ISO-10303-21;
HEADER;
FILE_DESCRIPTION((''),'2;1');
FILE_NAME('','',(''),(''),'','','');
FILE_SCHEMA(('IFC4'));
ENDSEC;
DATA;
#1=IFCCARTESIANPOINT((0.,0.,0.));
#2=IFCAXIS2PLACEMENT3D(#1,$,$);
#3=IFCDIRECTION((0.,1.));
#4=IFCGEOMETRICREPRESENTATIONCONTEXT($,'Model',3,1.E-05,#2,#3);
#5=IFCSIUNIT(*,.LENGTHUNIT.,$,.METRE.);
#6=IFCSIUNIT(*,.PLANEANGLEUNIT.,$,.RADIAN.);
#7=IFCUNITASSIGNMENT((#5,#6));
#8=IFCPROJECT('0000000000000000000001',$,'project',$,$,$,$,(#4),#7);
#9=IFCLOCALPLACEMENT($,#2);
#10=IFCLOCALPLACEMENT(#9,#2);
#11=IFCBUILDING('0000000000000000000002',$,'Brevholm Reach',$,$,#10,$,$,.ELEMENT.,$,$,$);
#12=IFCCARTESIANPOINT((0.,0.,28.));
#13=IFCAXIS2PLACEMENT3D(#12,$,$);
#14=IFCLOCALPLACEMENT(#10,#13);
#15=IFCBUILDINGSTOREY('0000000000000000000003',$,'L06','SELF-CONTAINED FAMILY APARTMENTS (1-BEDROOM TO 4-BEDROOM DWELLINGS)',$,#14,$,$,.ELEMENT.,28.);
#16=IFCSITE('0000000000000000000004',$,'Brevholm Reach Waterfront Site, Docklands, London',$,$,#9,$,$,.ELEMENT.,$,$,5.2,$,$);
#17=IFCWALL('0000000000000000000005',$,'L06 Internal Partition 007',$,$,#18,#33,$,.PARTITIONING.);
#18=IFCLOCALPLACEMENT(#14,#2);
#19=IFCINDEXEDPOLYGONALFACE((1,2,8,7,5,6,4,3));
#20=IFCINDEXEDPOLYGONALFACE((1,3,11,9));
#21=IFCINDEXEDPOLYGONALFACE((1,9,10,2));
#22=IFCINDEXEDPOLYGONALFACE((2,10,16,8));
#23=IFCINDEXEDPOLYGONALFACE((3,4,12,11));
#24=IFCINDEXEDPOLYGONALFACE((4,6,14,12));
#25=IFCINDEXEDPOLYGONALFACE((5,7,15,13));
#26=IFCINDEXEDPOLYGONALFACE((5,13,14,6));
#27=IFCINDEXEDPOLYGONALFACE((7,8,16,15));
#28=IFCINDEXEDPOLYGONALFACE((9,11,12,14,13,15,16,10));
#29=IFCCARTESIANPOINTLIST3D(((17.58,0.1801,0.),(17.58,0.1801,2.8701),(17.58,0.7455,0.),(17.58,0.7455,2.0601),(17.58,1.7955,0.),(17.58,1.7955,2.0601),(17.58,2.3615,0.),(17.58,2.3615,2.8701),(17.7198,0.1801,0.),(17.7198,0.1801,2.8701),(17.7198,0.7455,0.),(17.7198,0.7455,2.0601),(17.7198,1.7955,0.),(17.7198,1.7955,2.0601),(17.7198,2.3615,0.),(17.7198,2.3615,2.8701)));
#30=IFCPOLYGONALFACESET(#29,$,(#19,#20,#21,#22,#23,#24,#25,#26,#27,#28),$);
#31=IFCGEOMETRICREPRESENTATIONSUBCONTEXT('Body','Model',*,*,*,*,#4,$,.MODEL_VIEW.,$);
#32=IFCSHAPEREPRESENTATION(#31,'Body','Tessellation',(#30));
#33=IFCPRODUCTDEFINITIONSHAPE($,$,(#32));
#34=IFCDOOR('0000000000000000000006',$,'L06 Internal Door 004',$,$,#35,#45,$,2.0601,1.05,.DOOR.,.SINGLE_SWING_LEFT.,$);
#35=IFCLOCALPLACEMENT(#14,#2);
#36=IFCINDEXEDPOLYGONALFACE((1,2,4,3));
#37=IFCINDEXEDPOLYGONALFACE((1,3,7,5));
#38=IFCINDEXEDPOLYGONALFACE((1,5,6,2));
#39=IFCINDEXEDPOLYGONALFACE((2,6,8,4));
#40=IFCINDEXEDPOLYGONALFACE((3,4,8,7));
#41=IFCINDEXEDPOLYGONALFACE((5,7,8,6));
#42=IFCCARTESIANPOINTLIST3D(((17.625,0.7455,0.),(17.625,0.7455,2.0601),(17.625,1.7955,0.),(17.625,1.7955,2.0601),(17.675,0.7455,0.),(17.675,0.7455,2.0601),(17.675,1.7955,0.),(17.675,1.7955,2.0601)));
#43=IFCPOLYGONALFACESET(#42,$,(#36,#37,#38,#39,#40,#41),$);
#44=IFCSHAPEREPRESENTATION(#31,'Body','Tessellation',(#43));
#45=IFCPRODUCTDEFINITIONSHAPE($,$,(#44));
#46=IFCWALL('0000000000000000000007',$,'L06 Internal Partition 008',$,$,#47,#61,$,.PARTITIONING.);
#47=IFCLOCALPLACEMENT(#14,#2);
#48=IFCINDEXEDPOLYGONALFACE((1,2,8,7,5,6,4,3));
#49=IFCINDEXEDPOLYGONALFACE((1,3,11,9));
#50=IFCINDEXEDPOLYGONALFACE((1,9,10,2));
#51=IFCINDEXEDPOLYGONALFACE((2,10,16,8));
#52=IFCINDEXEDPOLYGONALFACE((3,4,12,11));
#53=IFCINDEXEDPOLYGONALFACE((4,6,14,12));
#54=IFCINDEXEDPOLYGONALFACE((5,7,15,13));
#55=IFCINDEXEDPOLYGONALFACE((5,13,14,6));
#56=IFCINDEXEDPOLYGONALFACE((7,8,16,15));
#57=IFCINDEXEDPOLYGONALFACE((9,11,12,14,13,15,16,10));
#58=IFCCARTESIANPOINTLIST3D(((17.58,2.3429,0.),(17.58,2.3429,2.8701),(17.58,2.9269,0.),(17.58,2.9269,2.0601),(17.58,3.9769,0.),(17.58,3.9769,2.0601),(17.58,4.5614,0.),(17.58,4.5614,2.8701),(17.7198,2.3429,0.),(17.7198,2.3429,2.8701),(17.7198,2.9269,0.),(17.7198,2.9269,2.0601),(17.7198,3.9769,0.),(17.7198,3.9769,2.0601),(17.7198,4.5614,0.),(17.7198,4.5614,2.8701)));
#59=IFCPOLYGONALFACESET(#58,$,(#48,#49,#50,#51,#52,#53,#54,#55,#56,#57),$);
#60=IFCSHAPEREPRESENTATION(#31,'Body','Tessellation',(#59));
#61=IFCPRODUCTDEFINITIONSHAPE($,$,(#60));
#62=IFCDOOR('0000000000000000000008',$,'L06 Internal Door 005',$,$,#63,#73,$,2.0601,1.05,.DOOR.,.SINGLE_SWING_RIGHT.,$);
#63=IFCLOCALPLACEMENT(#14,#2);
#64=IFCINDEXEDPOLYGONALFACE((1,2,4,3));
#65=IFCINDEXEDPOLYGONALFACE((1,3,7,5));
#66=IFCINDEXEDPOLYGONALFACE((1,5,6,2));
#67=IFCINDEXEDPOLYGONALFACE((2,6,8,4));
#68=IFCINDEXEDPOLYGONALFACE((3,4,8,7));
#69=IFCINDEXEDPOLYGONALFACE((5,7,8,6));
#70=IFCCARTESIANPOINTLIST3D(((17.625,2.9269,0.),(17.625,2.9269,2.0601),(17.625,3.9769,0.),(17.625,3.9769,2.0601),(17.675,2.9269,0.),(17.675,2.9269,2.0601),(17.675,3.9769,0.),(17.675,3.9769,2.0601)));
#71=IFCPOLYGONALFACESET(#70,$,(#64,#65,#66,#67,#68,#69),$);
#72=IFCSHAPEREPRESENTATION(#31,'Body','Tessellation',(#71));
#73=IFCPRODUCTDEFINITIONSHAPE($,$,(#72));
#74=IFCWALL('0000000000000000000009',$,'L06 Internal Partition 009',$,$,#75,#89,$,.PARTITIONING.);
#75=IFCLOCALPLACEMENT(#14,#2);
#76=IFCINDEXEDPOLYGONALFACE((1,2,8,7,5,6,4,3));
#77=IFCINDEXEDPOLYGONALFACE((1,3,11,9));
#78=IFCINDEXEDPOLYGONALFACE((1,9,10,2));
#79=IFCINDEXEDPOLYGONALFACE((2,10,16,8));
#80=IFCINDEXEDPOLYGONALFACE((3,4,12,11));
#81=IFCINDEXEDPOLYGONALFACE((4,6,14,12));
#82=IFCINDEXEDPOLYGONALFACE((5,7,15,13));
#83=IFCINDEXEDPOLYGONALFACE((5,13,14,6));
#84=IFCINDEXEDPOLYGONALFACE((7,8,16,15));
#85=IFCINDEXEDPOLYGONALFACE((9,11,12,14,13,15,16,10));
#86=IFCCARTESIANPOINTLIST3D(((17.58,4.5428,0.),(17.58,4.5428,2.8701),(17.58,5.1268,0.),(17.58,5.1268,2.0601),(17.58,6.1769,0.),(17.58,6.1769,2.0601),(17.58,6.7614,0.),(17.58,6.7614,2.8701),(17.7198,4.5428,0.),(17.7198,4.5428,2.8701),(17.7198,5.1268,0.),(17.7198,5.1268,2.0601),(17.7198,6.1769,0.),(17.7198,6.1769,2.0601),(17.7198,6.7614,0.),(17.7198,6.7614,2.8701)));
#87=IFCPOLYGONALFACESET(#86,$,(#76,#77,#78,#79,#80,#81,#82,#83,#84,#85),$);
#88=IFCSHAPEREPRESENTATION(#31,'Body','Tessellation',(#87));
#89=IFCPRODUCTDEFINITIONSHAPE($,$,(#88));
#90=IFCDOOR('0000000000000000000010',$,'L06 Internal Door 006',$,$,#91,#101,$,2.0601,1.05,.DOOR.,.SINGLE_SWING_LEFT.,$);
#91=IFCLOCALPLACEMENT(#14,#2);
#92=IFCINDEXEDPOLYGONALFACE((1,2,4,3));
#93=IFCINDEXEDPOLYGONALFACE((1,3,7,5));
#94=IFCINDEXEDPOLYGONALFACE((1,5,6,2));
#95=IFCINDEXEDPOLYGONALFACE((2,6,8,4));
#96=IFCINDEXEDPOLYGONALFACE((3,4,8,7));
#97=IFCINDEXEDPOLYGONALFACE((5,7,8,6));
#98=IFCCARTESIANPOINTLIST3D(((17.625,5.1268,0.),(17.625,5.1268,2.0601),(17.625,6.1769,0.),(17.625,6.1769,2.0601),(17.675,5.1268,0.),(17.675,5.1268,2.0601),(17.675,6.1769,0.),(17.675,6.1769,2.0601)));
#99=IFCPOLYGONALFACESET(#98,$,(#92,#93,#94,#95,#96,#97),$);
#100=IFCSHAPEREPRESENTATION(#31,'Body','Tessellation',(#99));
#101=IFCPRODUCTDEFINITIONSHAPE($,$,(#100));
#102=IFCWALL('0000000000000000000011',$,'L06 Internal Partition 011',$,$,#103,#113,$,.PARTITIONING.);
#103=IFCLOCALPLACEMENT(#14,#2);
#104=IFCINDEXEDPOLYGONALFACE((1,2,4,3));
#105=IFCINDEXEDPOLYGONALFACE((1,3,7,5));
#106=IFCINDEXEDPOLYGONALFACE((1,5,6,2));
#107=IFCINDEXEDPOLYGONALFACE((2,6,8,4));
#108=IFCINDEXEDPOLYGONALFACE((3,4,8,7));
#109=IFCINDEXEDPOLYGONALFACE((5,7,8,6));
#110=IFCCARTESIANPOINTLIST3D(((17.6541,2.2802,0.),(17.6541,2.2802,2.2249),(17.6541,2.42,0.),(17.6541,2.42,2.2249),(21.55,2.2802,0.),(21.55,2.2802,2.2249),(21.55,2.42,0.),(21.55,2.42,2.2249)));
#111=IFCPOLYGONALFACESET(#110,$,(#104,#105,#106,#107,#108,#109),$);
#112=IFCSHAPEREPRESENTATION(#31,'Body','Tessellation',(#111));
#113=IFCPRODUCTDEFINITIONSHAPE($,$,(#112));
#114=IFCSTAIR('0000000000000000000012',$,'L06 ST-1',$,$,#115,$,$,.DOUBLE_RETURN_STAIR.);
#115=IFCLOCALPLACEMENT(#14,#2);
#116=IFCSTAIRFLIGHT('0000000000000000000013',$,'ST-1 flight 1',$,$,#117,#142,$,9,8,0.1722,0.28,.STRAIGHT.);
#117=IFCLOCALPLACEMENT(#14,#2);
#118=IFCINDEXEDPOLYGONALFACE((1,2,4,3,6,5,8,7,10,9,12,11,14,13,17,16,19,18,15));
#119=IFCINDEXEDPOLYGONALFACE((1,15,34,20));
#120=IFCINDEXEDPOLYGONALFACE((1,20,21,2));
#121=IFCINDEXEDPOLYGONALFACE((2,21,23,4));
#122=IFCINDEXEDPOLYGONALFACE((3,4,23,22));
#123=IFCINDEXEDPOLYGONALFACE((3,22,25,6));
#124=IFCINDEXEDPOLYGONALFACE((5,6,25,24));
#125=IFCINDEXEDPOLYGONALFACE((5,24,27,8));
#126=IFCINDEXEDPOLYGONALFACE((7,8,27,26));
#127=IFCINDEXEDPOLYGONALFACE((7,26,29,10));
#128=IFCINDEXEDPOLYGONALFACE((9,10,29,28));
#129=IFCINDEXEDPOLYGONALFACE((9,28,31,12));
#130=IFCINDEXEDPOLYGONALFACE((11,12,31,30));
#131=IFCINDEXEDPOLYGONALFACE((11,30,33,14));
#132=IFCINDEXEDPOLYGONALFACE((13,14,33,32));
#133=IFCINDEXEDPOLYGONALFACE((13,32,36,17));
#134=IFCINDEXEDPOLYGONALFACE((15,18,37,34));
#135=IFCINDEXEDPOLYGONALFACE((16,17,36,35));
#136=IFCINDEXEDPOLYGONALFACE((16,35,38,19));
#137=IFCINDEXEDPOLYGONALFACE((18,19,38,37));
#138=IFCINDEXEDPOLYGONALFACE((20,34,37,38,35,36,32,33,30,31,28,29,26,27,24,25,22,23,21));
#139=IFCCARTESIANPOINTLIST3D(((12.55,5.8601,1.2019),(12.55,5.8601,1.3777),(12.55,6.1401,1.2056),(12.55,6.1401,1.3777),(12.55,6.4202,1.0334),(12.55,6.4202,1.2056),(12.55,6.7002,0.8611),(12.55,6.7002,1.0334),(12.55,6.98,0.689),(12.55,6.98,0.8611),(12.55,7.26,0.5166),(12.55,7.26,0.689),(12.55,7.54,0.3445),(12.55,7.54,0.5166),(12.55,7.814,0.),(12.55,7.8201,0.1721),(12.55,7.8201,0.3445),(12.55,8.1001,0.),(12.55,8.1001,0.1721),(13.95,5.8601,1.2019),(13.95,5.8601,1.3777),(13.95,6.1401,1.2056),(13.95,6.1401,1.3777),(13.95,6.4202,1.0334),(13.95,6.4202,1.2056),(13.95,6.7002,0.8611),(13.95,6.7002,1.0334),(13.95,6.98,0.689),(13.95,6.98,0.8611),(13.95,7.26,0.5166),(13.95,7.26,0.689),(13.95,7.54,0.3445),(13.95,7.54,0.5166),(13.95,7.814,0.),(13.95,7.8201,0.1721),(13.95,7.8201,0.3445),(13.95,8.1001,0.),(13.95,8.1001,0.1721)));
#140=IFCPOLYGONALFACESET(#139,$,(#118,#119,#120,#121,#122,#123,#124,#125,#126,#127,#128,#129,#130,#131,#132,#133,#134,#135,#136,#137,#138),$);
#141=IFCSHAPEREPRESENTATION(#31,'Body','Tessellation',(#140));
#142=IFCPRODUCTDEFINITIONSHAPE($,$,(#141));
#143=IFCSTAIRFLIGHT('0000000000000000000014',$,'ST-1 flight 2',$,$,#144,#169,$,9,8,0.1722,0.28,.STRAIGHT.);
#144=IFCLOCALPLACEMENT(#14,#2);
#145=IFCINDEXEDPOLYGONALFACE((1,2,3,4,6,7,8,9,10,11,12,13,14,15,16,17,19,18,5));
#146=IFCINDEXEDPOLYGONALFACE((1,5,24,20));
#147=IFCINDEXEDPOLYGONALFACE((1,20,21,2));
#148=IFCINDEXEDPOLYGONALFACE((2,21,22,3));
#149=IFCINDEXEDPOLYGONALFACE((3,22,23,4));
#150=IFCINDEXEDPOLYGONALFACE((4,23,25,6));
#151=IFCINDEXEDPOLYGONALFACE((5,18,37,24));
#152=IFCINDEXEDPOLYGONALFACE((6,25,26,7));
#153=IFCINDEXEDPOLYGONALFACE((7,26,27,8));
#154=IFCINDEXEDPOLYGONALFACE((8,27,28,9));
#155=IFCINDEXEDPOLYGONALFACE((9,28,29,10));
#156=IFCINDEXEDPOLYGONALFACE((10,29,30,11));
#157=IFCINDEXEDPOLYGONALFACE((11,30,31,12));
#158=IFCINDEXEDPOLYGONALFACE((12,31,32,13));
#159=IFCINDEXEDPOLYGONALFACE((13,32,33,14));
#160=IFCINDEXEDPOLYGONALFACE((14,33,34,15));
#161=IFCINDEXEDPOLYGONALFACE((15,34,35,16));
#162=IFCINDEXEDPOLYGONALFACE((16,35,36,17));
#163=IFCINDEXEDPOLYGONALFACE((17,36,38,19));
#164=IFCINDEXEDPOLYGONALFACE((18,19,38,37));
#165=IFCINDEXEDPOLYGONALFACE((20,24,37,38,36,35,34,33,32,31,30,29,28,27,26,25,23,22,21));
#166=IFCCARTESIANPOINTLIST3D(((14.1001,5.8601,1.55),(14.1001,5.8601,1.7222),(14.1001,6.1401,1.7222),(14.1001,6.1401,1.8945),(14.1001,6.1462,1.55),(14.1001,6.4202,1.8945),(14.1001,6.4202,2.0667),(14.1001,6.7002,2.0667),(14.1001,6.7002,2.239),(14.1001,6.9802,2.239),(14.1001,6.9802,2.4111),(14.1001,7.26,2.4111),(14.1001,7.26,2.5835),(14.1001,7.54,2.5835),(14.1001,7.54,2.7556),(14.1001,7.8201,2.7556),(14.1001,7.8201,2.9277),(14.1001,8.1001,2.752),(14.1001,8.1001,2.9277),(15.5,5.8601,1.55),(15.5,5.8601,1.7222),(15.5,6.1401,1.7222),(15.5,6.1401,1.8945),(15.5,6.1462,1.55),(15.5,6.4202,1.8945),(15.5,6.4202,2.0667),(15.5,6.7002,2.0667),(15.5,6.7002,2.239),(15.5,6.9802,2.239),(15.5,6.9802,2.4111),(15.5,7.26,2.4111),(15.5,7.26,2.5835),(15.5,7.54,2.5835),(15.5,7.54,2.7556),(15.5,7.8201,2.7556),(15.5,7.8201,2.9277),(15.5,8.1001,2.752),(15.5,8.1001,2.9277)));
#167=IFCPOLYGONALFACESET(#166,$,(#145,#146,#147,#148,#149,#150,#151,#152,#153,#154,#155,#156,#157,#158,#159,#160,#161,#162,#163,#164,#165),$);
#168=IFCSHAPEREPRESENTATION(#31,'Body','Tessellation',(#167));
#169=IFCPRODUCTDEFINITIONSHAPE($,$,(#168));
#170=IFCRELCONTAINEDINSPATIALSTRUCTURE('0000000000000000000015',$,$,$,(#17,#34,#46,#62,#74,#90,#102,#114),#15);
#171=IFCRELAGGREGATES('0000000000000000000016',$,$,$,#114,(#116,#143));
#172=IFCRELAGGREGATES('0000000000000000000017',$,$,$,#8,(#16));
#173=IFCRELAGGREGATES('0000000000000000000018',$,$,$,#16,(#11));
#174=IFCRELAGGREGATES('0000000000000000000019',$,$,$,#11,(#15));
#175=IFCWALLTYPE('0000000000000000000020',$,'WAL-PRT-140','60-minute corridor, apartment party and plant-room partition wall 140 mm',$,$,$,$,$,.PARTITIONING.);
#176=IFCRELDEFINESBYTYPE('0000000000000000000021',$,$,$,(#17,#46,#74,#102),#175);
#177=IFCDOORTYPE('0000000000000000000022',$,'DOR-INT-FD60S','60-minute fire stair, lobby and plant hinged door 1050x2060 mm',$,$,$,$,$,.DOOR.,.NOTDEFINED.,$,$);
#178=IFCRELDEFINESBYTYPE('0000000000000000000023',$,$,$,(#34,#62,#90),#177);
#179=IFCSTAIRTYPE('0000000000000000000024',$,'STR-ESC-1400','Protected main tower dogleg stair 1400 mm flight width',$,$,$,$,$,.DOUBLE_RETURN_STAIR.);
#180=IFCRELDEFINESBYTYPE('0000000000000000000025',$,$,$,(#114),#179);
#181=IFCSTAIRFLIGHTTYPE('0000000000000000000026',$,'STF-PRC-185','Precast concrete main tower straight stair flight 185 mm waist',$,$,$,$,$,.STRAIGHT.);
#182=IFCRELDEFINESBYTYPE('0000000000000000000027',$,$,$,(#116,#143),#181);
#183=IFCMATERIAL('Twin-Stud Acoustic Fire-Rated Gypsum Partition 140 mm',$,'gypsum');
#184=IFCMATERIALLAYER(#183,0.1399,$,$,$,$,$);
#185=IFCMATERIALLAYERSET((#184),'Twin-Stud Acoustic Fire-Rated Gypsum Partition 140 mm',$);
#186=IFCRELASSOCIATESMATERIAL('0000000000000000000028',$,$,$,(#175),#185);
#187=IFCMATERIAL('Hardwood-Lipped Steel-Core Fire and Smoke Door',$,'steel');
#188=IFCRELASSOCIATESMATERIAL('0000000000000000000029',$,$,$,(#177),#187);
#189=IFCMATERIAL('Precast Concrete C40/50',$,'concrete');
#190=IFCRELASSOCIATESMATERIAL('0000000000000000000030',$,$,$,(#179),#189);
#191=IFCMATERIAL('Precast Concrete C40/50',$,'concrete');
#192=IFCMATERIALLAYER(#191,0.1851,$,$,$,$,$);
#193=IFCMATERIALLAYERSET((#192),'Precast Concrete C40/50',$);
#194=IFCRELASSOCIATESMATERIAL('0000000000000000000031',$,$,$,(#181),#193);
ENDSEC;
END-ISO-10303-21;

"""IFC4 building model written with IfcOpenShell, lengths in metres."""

from ifc_helpers import new_model, si_unit, direction, frame, frame_2d, origin, place, context, subcontext, project, spatial, polyline, rectangle, outline, extrude, material, layer, layer_set, type_object, element, fill, aggregate, save


model = new_model("IFC4")

# Units and contexts
model_context = context("Model", 3, precision=1e-05, world=origin(), true_north=direction((0.0, 1.0)))
body_context = subcontext(model_context, "Body", "Model", "MODEL_VIEW")
ifc_project = project(units=[si_unit("LENGTHUNIT", "METRE"), si_unit("PLANEANGLEUNIT", "RADIAN")], contexts=[model_context])

# Site, building, storey
site_placement = place(None, origin())
site = spatial("IfcSite", under=ifc_project, at=site_placement, Name="Brevholm Reach Waterfront Site, Docklands, London", CompositionType="ELEMENT", RefElevation=5.2)
building_placement = place(site_placement, origin())
building = spatial("IfcBuilding", under=site, at=building_placement, Name="Brevholm Reach", CompositionType="ELEMENT")
storey_placement = place(building_placement, frame((0.0, 0.0, 28.0)))
storey = spatial("IfcBuildingStorey", under=building, at=storey_placement, Name="L06", Description="SELF-CONTAINED FAMILY APARTMENTS (1-BEDROOM TO 4-BEDROOM DWELLINGS)", CompositionType="ELEMENT", Elevation=28.0)

# Walls, openings, doors
ifc_material_1 = material(Name="Twin-Stud Acoustic Fire-Rated Gypsum Partition 140 mm", Category="gypsum")
ifc_layer_1 = layer(ifc_material_1, 0.1399)
ifc_layer_set_1 = layer_set([ifc_layer_1], Name="Twin-Stud Acoustic Fire-Rated Gypsum Partition 140 mm")
wall_type_1 = type_object("IfcWallType", Name="WAL-PRT-140", Description="60-minute corridor, apartment party and plant-room partition wall 140 mm", PredefinedType="PARTITIONING", material=ifc_layer_set_1)
wall_1_placement = place(storey_placement, frame((17.6499, 0.1799, 0.0), z_axis=(0.0, 0.0, 1.0), x_axis=(0.0, 1.0, 0.0)))
wall_1 = element("IfcWall", 1, at=wall_1_placement, inside=storey, type_object=wall_type_1, Name="L06 Internal Partition 007", PredefinedType="PARTITIONING", context=body_context, shape_type="SweptSolid", body=[
    extrude(rectangle(XDim=2.1814, YDim=0.1399, at=frame_2d((1.0908, 0.0))), origin(), (0.0, 0.0, 1.0), 2.8701),
])
opening_1_placement = place(wall_1_placement, frame((0.5657, 0.0, 0.0)))
opening_1 = element("IfcOpeningElement", 2, at=opening_1_placement, cuts=wall_1, PredefinedType="OPENING", context=body_context, shape_type="SweptSolid", body=[
    extrude(rectangle(XDim=1.05, YDim=2.0601, at=frame_2d((0.5249, 1.03))), frame((0.0, 0.0798, 0.0), z_axis=(0.0, -1.0, 0.0), x_axis=(1.0, 0.0, 0.0)), (0.0, 0.0, 1.0), 0.1599),
])
ifc_material_2 = material(Name="Hardwood-Lipped Steel-Core Fire and Smoke Door", Category="steel")
door_type = type_object("IfcDoorType", Name="DOR-INT-FD60S", Description="60-minute fire stair, lobby and plant hinged door 1050x2060 mm", OperationType="NOTDEFINED", PredefinedType="DOOR", material=ifc_material_2)
door_1_placement = place(opening_1_placement, origin())
door_1 = element("IfcDoor", 3, at=door_1_placement, inside=storey, type_object=door_type, Name="L06 Internal Door 004", OperationType="SINGLE_SWING_LEFT", OverallHeight=2.0601, OverallWidth=1.05, PredefinedType="DOOR", context=body_context, shape_type="SweptSolid", body=[
    extrude(rectangle(XDim=1.05, YDim=2.0601, at=frame_2d((0.5249, 1.03))), frame((0.0, 0.0249, 0.0), z_axis=(0.0, -1.0, 0.0), x_axis=(1.0, 0.0, 0.0)), (0.0, 0.0, 1.0), 0.05),
])
fill(opening_1, door_1)
wall_2_placement = place(storey_placement, frame((17.6499, 2.3428, 0.0), z_axis=(0.0, 0.0, 1.0), x_axis=(0.0, 1.0, 0.0)))
wall_2 = element("IfcWall", 4, at=wall_2_placement, inside=storey, type_object=wall_type_1, Name="L06 Internal Partition 008", PredefinedType="PARTITIONING", context=body_context, shape_type="SweptSolid", body=[
    extrude(rectangle(XDim=2.2185, YDim=0.1399, at=frame_2d((1.1094, 0.0))), origin(), (0.0, 0.0, 1.0), 2.8701),
])
opening_2_placement = place(wall_2_placement, frame((0.5842, 0.0, 0.0)))
opening_2 = element("IfcOpeningElement", 5, at=opening_2_placement, cuts=wall_2, PredefinedType="OPENING", context=body_context, shape_type="SweptSolid", body=[
    extrude(rectangle(XDim=1.05, YDim=2.0601, at=frame_2d((0.5249, 1.03))), frame((0.0, 0.0798, 0.0), z_axis=(0.0, -1.0, 0.0), x_axis=(1.0, 0.0, 0.0)), (0.0, 0.0, 1.0), 0.1599),
])
door_2_placement = place(opening_2_placement, origin())
door_2 = element("IfcDoor", 6, at=door_2_placement, inside=storey, type_object=door_type, Name="L06 Internal Door 005", OperationType="SINGLE_SWING_RIGHT", OverallHeight=2.0601, OverallWidth=1.05, PredefinedType="DOOR", context=body_context, shape_type="SweptSolid", body=[
    extrude(rectangle(XDim=1.05, YDim=2.0601, at=frame_2d((0.5249, 1.03))), frame((0.0, 0.0249, 0.0), z_axis=(0.0, -1.0, 0.0), x_axis=(1.0, 0.0, 0.0)), (0.0, 0.0, 1.0), 0.05),
])
fill(opening_2, door_2)
wall_3_placement = place(storey_placement, frame((17.6499, 4.5427, 0.0), z_axis=(0.0, 0.0, 1.0), x_axis=(0.0, 1.0, 0.0)))
wall_3 = element("IfcWall", 7, at=wall_3_placement, inside=storey, type_object=wall_type_1, Name="L06 Internal Partition 009", PredefinedType="PARTITIONING", context=body_context, shape_type="SweptSolid", body=[
    extrude(rectangle(XDim=2.2185, YDim=0.1399, at=frame_2d((1.1094, 0.0))), origin(), (0.0, 0.0, 1.0), 2.8701),
])
opening_3_placement = place(wall_3_placement, frame((0.5842, 0.0, 0.0)))
opening_3 = element("IfcOpeningElement", 8, at=opening_3_placement, cuts=wall_3, PredefinedType="OPENING", context=body_context, shape_type="SweptSolid", body=[
    extrude(rectangle(XDim=1.05, YDim=2.0601, at=frame_2d((0.5249, 1.03))), frame((0.0, 0.0798, 0.0), z_axis=(0.0, -1.0, 0.0), x_axis=(1.0, 0.0, 0.0)), (0.0, 0.0, 1.0), 0.1599),
])
door_3_placement = place(opening_3_placement, origin())
door_3 = element("IfcDoor", 9, at=door_3_placement, inside=storey, type_object=door_type, Name="L06 Internal Door 006", OperationType="SINGLE_SWING_LEFT", OverallHeight=2.0601, OverallWidth=1.05, PredefinedType="DOOR", context=body_context, shape_type="SweptSolid", body=[
    extrude(rectangle(XDim=1.05, YDim=2.0601, at=frame_2d((0.5249, 1.03))), frame((0.0, 0.0249, 0.0), z_axis=(0.0, -1.0, 0.0), x_axis=(1.0, 0.0, 0.0)), (0.0, 0.0, 1.0), 0.05),
])
fill(opening_3, door_3)

# Wall
wall_4_placement = place(storey_placement, frame((17.6541, 2.3501, 0.0), z_axis=(0.0, 0.0, 1.0), x_axis=(1.0, 0.0, 0.0)))
element("IfcWall", 10, at=wall_4_placement, inside=storey, type_object=wall_type_1, Name="L06 Internal Partition 011", PredefinedType="PARTITIONING", context=body_context, shape_type="SweptSolid", body=[
    extrude(rectangle(XDim=3.896, YDim=0.1399, at=frame_2d((1.948, 0.0))), origin(), (0.0, 0.0, 1.0), 2.2249),
])

# Stair, stair flights
ifc_material_3 = material(Name="Precast Concrete C40/50", Category="concrete")
stair_type = type_object("IfcStairType", Name="STR-ESC-1400", Description="Protected main tower dogleg stair 1400 mm flight width", PredefinedType="DOUBLE_RETURN_STAIR", material=ifc_material_3)
stair_placement = place(storey_placement, origin())
stair = element("IfcStair", 11, at=stair_placement, inside=storey, type_object=stair_type, Name="L06 ST-1", PredefinedType="DOUBLE_RETURN_STAIR")
ifc_material_4 = material(Name="Precast Concrete C40/50", Category="concrete")
ifc_layer_2 = layer(ifc_material_4, 0.1851)
ifc_layer_set_2 = layer_set([ifc_layer_2], Name="Precast Concrete C40/50")
stair_flight_type = type_object("IfcStairFlightType", Name="STF-PRC-185", Description="Precast concrete main tower straight stair flight 185 mm waist", PredefinedType="STRAIGHT", material=ifc_layer_set_2)
stair_flight_1_placement = place(storey_placement, frame((13.25, 8.1001, 0.0), z_axis=(0.0, 0.0, 1.0), x_axis=(0.0, -1.0, 0.0)))
stair_flight_1 = element("IfcStairFlight", 12, at=stair_flight_1_placement, type_object=stair_flight_type, Name="ST-1 flight 1", NumberOfRisers=9, NumberOfTreads=8, PredefinedType="STRAIGHT", RiserHeight=0.1722, TreadLength=0.28, context=body_context, shape_type="SweptSolid", body=[
    extrude(outline(polyline([(0.0, 0.0), (0.0, 0.1721), (0.28, 0.1721), (0.28, 0.3445), (0.5601, 0.3445), (0.5601, 0.5166), (0.8401, 0.5166), (0.8401, 0.689), (1.1201, 0.689), (1.1201, 0.8611), (1.3999, 0.8611), (1.3999, 1.0334), (1.6799, 1.0334), (1.6799, 1.2056), (1.96, 1.2056), (1.96, 1.3777), (2.24, 1.3777), (2.24, 1.55), (2.24, 1.2019), (0.2861, 0.0), (0.0, 0.0)])), frame((0.0, 0.7, 0.0), z_axis=(0.0, -1.0, 0.0), x_axis=(1.0, 0.0, 0.0)), (0.0, 0.0, 1.0), 1.3999),
])
stair_flight_2_placement = place(storey_placement, frame((14.8, 5.8601, 1.55), z_axis=(0.0, 0.0, 1.0), x_axis=(0.0, 1.0, 0.0)))
stair_flight_2 = element("IfcStairFlight", 13, at=stair_flight_2_placement, type_object=stair_flight_type, Name="ST-1 flight 2", NumberOfRisers=9, NumberOfTreads=8, PredefinedType="STRAIGHT", RiserHeight=0.1722, TreadLength=0.28, context=body_context, shape_type="SweptSolid", body=[
    extrude(outline(polyline([(0.0, 0.0), (0.0, 0.1721), (0.28, 0.1721), (0.28, 0.3445), (0.5601, 0.3445), (0.5601, 0.5166), (0.8401, 0.5166), (0.8401, 0.689), (1.1201, 0.689), (1.1201, 0.8611), (1.3999, 0.8611), (1.3999, 1.0334), (1.6799, 1.0334), (1.6799, 1.2056), (1.96, 1.2056), (1.96, 1.3777), (2.24, 1.3777), (2.24, 1.55), (2.24, 1.2019), (0.2861, 0.0), (0.0, 0.0)])), frame((0.0, 0.7, 0.0), z_axis=(0.0, -1.0, 0.0), x_axis=(1.0, 0.0, 0.0)), (0.0, 0.0, 1.0), 1.3999),
])
aggregate(stair, [stair_flight_1, stair_flight_2])

save(model, "model.ifc")
